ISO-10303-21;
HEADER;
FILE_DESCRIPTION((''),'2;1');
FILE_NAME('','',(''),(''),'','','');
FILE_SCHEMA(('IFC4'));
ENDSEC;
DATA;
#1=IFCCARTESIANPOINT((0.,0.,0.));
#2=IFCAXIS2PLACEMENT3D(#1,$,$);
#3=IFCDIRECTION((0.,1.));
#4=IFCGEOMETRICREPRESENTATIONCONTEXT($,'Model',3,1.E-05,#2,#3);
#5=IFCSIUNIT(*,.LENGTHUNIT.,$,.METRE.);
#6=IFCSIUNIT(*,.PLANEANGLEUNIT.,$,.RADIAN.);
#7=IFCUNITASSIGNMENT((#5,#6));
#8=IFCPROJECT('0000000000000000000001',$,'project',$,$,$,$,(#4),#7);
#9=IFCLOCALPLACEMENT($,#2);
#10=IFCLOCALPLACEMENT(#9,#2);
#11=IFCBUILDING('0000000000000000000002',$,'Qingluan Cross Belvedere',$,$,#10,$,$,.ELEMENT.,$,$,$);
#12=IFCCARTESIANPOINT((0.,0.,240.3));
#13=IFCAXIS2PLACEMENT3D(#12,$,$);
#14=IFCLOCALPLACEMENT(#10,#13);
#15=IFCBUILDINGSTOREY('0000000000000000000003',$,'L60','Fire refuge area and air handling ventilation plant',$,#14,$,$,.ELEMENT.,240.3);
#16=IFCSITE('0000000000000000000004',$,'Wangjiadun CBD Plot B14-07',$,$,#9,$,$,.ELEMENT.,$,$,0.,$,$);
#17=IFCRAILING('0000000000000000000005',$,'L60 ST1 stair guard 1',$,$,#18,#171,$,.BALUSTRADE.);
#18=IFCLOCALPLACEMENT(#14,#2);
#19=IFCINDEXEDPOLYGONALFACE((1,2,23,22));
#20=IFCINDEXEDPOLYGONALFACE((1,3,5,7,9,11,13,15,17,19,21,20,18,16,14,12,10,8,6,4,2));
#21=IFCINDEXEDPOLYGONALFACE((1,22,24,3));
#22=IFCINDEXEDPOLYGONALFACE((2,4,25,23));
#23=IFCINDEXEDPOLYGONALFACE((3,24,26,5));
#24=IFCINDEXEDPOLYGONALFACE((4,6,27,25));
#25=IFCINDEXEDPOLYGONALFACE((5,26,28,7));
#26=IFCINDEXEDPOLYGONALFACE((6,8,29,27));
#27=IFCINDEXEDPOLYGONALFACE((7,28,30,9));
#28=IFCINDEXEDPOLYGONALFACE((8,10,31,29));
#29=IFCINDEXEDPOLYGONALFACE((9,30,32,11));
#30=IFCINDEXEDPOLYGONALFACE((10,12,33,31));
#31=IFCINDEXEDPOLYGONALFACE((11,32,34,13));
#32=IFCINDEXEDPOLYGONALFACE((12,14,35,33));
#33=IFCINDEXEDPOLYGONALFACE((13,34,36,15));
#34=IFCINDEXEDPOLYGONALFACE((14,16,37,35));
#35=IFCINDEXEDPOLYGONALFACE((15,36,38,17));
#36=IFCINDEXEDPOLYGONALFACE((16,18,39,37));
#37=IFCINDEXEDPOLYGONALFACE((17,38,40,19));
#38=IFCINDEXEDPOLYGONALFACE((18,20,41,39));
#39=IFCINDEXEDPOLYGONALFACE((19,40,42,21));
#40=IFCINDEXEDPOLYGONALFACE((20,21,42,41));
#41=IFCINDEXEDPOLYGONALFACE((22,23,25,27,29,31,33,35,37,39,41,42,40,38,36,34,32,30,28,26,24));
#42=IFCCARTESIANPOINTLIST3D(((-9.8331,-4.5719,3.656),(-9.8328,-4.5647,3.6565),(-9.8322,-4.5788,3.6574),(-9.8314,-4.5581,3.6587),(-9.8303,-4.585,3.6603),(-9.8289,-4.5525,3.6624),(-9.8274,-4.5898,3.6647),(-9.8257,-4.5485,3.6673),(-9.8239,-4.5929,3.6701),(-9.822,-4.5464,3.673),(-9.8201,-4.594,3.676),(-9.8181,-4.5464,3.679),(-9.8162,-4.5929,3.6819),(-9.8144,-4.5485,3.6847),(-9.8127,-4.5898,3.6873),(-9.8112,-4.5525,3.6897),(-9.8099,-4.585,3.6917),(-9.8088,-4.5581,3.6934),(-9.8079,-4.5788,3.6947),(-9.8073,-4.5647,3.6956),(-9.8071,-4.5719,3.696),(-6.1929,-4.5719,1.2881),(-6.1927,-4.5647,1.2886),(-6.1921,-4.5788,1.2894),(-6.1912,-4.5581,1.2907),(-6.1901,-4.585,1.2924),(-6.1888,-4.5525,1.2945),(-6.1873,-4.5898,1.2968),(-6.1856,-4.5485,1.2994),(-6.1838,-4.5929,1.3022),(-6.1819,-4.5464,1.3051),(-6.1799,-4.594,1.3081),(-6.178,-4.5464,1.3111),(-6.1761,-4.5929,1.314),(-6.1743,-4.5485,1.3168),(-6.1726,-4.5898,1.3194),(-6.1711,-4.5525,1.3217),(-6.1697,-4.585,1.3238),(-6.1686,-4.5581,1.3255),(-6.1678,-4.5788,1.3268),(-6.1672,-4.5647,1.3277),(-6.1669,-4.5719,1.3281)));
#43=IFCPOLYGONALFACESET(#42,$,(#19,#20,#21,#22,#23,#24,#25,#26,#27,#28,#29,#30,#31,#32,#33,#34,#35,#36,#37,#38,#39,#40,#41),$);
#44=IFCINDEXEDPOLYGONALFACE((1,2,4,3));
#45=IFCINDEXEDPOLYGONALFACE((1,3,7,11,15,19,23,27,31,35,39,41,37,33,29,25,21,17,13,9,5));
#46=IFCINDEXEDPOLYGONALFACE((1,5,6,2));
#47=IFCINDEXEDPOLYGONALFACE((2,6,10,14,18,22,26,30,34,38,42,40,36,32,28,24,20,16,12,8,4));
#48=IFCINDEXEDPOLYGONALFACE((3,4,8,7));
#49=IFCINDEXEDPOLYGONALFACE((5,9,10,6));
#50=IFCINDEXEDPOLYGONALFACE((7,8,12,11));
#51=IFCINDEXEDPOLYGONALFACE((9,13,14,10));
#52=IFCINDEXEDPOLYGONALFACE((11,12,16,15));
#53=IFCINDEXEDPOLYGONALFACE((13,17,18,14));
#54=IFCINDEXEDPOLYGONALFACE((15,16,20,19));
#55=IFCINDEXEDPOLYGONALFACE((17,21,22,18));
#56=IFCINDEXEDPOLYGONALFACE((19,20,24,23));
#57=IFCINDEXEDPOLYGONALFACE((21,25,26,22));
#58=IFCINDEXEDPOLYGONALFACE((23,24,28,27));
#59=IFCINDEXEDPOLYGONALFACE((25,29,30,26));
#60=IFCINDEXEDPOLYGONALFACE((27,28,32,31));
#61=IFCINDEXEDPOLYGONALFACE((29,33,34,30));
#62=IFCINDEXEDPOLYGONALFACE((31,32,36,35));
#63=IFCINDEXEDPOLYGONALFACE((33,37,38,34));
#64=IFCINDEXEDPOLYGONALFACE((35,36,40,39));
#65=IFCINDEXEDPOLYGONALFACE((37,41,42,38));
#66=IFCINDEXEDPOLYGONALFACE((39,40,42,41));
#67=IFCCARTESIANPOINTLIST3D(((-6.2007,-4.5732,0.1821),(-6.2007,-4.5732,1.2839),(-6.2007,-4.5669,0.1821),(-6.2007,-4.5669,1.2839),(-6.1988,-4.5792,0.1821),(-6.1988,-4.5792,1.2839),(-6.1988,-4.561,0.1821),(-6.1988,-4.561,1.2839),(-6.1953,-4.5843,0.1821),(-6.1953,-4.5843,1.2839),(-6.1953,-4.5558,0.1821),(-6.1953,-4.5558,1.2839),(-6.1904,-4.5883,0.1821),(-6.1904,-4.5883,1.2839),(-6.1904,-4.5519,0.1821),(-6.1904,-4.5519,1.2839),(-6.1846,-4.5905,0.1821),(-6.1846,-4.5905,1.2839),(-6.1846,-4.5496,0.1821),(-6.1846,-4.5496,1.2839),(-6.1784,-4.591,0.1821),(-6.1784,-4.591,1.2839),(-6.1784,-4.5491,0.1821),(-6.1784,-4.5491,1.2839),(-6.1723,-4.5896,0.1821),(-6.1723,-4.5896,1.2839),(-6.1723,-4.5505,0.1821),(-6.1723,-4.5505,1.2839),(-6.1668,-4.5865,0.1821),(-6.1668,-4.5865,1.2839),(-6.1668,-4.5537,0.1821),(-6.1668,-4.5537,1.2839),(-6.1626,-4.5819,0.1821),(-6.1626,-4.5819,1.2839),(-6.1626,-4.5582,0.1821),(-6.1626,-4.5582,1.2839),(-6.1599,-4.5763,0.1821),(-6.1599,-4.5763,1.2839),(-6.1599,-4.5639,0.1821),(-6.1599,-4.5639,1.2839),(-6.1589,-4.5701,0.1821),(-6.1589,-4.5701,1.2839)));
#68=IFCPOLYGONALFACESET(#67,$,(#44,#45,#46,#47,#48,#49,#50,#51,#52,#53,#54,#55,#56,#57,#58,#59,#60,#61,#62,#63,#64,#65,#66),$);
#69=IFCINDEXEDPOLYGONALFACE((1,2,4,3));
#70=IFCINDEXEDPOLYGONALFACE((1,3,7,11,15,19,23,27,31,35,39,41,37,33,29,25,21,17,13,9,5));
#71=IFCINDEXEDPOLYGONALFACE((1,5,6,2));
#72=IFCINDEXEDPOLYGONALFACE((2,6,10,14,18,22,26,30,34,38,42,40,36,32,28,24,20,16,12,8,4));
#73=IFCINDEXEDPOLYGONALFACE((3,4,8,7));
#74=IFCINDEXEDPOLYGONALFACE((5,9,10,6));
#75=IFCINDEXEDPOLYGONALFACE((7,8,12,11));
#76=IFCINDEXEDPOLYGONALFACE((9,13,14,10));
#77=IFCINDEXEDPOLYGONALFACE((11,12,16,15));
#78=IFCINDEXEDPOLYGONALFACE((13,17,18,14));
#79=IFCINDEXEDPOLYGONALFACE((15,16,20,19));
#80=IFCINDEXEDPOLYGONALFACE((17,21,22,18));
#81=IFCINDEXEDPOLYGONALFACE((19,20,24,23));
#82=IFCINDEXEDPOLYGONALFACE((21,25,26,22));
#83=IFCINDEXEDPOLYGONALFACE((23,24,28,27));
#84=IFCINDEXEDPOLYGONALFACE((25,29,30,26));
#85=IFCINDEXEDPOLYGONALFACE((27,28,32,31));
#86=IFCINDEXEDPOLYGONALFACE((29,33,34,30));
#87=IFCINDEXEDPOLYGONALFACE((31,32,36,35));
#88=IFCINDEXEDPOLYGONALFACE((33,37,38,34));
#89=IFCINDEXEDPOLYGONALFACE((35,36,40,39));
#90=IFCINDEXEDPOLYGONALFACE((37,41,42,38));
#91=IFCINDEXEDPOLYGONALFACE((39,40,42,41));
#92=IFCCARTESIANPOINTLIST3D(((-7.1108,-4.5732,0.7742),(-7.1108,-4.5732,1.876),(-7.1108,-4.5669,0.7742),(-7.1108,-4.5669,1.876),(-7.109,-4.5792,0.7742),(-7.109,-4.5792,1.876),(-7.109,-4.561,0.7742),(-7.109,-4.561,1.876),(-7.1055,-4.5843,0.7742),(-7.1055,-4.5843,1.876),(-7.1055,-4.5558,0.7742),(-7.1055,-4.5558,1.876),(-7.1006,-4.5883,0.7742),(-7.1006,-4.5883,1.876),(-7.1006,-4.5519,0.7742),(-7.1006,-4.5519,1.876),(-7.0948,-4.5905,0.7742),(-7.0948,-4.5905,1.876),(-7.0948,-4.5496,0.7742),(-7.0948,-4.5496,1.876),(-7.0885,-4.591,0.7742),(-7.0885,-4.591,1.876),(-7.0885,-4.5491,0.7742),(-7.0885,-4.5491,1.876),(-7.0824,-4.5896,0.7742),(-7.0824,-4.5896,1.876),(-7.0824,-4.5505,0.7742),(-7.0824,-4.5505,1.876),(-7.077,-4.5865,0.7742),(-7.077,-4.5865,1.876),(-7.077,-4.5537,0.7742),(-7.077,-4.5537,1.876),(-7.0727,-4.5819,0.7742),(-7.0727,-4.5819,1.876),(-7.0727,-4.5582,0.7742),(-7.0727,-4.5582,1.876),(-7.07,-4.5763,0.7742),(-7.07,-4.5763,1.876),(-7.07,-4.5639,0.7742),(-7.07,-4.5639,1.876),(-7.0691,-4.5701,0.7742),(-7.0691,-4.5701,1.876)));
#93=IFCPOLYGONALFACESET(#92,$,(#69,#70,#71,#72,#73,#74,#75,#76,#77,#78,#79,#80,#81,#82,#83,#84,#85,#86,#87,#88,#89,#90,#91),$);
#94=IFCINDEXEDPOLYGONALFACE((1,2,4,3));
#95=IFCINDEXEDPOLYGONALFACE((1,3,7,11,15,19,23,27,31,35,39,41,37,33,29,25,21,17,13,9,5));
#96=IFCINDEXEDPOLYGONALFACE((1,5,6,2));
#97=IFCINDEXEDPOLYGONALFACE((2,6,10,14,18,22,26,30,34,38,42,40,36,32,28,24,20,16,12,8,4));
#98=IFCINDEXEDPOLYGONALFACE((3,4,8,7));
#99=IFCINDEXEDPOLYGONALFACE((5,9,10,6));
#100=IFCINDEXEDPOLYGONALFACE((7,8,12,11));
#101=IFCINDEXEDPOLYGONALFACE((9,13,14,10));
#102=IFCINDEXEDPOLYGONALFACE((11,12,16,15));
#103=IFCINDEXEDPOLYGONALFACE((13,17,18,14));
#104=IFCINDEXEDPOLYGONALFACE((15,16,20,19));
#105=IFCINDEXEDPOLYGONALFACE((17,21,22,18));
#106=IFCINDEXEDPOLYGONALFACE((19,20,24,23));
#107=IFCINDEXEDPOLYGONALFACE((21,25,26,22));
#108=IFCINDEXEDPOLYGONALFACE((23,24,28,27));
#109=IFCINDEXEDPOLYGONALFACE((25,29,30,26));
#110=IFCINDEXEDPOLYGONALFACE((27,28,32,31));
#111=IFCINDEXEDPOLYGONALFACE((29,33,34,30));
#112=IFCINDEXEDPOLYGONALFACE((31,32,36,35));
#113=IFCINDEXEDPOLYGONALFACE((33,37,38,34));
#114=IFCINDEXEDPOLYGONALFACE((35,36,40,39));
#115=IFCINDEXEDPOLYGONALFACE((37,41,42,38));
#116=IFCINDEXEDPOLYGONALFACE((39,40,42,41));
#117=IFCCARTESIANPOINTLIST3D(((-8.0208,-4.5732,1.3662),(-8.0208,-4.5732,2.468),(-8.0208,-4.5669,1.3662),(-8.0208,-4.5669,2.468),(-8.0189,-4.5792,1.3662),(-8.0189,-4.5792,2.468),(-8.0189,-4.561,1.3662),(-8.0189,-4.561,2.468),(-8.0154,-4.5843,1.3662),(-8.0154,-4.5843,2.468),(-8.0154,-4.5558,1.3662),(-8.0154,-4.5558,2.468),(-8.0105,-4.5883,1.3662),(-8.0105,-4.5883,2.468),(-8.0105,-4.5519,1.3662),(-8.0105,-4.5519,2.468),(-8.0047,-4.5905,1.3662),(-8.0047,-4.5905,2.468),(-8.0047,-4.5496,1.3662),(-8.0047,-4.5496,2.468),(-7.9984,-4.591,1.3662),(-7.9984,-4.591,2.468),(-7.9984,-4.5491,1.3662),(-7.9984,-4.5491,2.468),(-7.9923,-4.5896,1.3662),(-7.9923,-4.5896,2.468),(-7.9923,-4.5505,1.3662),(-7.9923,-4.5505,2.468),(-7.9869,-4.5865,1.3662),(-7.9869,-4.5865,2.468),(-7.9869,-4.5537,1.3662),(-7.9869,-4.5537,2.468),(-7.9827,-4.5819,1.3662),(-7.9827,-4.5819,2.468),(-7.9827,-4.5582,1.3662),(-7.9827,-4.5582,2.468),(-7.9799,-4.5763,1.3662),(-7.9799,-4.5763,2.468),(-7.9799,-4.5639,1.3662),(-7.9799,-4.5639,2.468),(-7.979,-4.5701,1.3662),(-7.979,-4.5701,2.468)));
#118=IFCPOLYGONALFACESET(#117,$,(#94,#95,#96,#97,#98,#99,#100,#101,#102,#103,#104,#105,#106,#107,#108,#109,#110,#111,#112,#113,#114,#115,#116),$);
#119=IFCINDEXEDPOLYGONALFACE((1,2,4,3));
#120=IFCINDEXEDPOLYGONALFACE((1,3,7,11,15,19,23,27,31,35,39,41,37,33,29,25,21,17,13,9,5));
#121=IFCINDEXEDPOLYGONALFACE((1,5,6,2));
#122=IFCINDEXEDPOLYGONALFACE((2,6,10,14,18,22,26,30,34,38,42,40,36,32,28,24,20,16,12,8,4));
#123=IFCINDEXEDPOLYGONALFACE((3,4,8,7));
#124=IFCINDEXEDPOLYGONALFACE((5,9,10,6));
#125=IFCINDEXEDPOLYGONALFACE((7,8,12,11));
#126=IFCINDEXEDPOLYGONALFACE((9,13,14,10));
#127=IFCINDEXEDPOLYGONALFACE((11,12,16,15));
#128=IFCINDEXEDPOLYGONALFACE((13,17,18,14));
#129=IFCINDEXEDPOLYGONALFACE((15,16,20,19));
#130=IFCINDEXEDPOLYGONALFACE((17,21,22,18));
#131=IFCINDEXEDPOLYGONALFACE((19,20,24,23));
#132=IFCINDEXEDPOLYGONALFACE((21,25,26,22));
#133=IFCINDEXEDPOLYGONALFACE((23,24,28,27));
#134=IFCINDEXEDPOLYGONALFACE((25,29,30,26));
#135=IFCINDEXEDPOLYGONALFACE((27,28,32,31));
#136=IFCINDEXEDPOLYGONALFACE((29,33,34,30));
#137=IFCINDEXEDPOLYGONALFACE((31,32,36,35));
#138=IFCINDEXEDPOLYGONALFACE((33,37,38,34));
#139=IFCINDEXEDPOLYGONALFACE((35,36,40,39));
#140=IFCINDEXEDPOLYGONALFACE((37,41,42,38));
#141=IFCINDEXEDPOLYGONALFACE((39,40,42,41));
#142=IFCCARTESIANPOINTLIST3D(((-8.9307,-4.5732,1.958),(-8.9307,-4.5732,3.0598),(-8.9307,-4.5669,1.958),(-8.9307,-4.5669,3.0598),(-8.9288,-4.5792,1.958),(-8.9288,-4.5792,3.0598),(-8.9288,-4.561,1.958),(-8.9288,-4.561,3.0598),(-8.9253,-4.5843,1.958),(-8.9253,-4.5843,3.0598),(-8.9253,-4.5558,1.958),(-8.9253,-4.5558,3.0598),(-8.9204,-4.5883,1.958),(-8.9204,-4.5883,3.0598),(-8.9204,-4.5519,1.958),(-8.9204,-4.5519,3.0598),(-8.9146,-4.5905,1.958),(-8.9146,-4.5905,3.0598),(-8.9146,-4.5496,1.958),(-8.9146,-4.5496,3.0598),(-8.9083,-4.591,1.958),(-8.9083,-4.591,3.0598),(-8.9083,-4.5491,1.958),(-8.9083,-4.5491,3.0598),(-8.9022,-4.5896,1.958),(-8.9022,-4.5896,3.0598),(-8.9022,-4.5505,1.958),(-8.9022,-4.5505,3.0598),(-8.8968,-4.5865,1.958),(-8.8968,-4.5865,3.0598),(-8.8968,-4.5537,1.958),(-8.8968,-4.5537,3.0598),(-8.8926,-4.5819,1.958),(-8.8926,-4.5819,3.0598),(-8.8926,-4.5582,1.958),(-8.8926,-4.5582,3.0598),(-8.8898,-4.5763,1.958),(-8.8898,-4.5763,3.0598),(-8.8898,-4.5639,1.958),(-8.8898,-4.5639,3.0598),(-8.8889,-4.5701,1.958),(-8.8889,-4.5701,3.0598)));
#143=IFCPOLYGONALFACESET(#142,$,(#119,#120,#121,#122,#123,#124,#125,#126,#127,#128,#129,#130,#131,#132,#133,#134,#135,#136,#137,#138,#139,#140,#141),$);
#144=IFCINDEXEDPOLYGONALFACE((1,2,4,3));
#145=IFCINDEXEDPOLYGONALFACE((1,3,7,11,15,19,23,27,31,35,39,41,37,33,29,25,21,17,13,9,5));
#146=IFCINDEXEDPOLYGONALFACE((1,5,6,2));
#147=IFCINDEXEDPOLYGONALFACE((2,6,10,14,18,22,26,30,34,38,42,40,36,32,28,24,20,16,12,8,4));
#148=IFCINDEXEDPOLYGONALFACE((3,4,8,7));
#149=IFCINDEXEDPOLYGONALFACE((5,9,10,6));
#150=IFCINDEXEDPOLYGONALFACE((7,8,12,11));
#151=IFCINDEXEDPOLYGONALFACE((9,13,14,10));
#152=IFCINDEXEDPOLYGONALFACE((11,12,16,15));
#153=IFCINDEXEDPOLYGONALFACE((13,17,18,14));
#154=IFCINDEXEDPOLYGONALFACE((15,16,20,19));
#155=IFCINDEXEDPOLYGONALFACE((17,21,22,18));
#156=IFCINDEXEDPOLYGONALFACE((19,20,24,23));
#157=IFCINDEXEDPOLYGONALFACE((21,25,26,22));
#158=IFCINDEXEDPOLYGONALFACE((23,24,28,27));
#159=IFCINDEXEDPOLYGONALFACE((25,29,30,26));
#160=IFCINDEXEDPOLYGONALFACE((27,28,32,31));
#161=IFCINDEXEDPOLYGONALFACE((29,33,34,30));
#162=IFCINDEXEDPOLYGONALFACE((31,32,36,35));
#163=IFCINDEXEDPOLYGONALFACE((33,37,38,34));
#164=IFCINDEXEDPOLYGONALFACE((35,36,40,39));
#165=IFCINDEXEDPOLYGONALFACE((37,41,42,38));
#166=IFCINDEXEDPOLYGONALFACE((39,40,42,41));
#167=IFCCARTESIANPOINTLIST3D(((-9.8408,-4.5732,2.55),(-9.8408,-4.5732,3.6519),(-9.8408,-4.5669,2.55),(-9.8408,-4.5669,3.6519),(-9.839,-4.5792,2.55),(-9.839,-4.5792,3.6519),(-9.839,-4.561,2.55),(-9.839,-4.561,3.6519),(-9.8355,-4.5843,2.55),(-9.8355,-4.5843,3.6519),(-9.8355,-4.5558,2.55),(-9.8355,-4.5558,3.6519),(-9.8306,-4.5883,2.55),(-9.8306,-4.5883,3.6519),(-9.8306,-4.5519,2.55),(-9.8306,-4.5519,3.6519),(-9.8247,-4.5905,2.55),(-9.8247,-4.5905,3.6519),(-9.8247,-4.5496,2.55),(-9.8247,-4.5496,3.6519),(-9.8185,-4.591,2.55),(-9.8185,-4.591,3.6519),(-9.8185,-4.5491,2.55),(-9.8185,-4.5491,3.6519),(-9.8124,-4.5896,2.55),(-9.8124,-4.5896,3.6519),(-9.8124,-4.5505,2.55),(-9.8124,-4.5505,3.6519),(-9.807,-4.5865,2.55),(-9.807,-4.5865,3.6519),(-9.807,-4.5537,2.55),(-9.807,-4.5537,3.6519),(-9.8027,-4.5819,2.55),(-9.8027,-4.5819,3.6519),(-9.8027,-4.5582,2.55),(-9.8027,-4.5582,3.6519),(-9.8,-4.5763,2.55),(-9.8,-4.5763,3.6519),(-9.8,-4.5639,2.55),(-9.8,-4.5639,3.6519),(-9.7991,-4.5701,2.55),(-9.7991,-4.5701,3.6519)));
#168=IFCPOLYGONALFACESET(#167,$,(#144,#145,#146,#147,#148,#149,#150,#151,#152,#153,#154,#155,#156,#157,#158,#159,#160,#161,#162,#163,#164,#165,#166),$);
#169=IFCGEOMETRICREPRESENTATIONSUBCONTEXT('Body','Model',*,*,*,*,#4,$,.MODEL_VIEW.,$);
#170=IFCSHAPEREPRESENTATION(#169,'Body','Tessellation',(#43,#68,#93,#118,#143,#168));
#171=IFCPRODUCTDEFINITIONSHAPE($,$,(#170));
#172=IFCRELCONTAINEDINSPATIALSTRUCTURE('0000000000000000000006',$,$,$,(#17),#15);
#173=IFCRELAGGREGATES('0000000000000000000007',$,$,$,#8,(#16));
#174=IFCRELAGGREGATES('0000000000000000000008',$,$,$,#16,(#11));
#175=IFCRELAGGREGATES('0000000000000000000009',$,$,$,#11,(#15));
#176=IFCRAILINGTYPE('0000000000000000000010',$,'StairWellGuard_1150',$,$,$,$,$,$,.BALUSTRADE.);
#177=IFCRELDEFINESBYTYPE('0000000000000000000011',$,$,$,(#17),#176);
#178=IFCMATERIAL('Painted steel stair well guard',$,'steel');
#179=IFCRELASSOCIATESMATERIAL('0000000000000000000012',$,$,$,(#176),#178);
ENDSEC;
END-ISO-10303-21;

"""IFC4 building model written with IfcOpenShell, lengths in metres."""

from ifc_helpers import new_model, si_unit, direction, frame, origin, origin_2d, place, context, subcontext, project, spatial, circle, extrude, material, type_object, element, save


model = new_model("IFC4")

# Units and contexts
model_context = context("Model", 3, precision=1e-05, world=origin(), true_north=direction((0.0, 1.0)))
body_context = subcontext(model_context, "Body", "Model", "MODEL_VIEW")
ifc_project = project(units=[si_unit("LENGTHUNIT", "METRE"), si_unit("PLANEANGLEUNIT", "RADIAN")], contexts=[model_context])

# Site, building, storey
site_placement = place(None, origin())
site = spatial("IfcSite", under=ifc_project, at=site_placement, Name="Wangjiadun CBD Plot B14-07", CompositionType="ELEMENT", RefElevation=0.0)
building_placement = place(site_placement, origin())
building = spatial("IfcBuilding", under=site, at=building_placement, Name="Qingluan Cross Belvedere", CompositionType="ELEMENT")
storey_placement = place(building_placement, frame((0.0, 0.0, 240.3)))
storey = spatial("IfcBuildingStorey", under=building, at=storey_placement, Name="L60", Description="Fire refuge area and air handling ventilation plant", CompositionType="ELEMENT", Elevation=240.3)

# Railing
ifc_material_1 = material(Name="Painted steel stair well guard", Category="steel")
railing_type_1 = type_object("IfcRailingType", Name="StairWellGuard_1150", PredefinedType="BALUSTRADE", material=ifc_material_1)
railing_1_placement = place(storey_placement, frame((-6.1799, -4.5701, 0.1821)))
element("IfcRailing", 1, at=railing_1_placement, inside=storey, type_object=railing_type_1, Name="L60 ST1 stair guard 1", PredefinedType="BALUSTRADE", context=body_context, shape_type="SweptSolid", body=[
    extrude(circle(Radius=0.0239, at=origin_2d()), frame((0.0, 0.0, 1.126), z_axis=(-0.838251, 0.0, 0.545285), x_axis=(0.0, -1.0, 0.0)), (0.0, 0.0, 1.0), 4.3425),
    extrude(circle(Radius=0.021, at=origin_2d()), origin(), (0.0, 0.0, 1.0), 1.1018),
    extrude(circle(Radius=0.021, at=origin_2d()), frame((-0.9102, 0.0, 0.592)), (0.0, 0.0, 1.0), 1.1018),
    extrude(circle(Radius=0.021, at=origin_2d()), frame((-1.8201, 0.0, 1.1841)), (0.0, 0.0, 1.0), 1.1018),
    extrude(circle(Radius=0.021, at=origin_2d()), frame((-2.73, 0.0, 1.7759)), (0.0, 0.0, 1.0), 1.1018),
    extrude(circle(Radius=0.021, at=origin_2d()), frame((-3.6401, 0.0, 2.3679)), (0.0, 0.0, 1.0), 1.1018),
])

save(model, "model.ifc")
